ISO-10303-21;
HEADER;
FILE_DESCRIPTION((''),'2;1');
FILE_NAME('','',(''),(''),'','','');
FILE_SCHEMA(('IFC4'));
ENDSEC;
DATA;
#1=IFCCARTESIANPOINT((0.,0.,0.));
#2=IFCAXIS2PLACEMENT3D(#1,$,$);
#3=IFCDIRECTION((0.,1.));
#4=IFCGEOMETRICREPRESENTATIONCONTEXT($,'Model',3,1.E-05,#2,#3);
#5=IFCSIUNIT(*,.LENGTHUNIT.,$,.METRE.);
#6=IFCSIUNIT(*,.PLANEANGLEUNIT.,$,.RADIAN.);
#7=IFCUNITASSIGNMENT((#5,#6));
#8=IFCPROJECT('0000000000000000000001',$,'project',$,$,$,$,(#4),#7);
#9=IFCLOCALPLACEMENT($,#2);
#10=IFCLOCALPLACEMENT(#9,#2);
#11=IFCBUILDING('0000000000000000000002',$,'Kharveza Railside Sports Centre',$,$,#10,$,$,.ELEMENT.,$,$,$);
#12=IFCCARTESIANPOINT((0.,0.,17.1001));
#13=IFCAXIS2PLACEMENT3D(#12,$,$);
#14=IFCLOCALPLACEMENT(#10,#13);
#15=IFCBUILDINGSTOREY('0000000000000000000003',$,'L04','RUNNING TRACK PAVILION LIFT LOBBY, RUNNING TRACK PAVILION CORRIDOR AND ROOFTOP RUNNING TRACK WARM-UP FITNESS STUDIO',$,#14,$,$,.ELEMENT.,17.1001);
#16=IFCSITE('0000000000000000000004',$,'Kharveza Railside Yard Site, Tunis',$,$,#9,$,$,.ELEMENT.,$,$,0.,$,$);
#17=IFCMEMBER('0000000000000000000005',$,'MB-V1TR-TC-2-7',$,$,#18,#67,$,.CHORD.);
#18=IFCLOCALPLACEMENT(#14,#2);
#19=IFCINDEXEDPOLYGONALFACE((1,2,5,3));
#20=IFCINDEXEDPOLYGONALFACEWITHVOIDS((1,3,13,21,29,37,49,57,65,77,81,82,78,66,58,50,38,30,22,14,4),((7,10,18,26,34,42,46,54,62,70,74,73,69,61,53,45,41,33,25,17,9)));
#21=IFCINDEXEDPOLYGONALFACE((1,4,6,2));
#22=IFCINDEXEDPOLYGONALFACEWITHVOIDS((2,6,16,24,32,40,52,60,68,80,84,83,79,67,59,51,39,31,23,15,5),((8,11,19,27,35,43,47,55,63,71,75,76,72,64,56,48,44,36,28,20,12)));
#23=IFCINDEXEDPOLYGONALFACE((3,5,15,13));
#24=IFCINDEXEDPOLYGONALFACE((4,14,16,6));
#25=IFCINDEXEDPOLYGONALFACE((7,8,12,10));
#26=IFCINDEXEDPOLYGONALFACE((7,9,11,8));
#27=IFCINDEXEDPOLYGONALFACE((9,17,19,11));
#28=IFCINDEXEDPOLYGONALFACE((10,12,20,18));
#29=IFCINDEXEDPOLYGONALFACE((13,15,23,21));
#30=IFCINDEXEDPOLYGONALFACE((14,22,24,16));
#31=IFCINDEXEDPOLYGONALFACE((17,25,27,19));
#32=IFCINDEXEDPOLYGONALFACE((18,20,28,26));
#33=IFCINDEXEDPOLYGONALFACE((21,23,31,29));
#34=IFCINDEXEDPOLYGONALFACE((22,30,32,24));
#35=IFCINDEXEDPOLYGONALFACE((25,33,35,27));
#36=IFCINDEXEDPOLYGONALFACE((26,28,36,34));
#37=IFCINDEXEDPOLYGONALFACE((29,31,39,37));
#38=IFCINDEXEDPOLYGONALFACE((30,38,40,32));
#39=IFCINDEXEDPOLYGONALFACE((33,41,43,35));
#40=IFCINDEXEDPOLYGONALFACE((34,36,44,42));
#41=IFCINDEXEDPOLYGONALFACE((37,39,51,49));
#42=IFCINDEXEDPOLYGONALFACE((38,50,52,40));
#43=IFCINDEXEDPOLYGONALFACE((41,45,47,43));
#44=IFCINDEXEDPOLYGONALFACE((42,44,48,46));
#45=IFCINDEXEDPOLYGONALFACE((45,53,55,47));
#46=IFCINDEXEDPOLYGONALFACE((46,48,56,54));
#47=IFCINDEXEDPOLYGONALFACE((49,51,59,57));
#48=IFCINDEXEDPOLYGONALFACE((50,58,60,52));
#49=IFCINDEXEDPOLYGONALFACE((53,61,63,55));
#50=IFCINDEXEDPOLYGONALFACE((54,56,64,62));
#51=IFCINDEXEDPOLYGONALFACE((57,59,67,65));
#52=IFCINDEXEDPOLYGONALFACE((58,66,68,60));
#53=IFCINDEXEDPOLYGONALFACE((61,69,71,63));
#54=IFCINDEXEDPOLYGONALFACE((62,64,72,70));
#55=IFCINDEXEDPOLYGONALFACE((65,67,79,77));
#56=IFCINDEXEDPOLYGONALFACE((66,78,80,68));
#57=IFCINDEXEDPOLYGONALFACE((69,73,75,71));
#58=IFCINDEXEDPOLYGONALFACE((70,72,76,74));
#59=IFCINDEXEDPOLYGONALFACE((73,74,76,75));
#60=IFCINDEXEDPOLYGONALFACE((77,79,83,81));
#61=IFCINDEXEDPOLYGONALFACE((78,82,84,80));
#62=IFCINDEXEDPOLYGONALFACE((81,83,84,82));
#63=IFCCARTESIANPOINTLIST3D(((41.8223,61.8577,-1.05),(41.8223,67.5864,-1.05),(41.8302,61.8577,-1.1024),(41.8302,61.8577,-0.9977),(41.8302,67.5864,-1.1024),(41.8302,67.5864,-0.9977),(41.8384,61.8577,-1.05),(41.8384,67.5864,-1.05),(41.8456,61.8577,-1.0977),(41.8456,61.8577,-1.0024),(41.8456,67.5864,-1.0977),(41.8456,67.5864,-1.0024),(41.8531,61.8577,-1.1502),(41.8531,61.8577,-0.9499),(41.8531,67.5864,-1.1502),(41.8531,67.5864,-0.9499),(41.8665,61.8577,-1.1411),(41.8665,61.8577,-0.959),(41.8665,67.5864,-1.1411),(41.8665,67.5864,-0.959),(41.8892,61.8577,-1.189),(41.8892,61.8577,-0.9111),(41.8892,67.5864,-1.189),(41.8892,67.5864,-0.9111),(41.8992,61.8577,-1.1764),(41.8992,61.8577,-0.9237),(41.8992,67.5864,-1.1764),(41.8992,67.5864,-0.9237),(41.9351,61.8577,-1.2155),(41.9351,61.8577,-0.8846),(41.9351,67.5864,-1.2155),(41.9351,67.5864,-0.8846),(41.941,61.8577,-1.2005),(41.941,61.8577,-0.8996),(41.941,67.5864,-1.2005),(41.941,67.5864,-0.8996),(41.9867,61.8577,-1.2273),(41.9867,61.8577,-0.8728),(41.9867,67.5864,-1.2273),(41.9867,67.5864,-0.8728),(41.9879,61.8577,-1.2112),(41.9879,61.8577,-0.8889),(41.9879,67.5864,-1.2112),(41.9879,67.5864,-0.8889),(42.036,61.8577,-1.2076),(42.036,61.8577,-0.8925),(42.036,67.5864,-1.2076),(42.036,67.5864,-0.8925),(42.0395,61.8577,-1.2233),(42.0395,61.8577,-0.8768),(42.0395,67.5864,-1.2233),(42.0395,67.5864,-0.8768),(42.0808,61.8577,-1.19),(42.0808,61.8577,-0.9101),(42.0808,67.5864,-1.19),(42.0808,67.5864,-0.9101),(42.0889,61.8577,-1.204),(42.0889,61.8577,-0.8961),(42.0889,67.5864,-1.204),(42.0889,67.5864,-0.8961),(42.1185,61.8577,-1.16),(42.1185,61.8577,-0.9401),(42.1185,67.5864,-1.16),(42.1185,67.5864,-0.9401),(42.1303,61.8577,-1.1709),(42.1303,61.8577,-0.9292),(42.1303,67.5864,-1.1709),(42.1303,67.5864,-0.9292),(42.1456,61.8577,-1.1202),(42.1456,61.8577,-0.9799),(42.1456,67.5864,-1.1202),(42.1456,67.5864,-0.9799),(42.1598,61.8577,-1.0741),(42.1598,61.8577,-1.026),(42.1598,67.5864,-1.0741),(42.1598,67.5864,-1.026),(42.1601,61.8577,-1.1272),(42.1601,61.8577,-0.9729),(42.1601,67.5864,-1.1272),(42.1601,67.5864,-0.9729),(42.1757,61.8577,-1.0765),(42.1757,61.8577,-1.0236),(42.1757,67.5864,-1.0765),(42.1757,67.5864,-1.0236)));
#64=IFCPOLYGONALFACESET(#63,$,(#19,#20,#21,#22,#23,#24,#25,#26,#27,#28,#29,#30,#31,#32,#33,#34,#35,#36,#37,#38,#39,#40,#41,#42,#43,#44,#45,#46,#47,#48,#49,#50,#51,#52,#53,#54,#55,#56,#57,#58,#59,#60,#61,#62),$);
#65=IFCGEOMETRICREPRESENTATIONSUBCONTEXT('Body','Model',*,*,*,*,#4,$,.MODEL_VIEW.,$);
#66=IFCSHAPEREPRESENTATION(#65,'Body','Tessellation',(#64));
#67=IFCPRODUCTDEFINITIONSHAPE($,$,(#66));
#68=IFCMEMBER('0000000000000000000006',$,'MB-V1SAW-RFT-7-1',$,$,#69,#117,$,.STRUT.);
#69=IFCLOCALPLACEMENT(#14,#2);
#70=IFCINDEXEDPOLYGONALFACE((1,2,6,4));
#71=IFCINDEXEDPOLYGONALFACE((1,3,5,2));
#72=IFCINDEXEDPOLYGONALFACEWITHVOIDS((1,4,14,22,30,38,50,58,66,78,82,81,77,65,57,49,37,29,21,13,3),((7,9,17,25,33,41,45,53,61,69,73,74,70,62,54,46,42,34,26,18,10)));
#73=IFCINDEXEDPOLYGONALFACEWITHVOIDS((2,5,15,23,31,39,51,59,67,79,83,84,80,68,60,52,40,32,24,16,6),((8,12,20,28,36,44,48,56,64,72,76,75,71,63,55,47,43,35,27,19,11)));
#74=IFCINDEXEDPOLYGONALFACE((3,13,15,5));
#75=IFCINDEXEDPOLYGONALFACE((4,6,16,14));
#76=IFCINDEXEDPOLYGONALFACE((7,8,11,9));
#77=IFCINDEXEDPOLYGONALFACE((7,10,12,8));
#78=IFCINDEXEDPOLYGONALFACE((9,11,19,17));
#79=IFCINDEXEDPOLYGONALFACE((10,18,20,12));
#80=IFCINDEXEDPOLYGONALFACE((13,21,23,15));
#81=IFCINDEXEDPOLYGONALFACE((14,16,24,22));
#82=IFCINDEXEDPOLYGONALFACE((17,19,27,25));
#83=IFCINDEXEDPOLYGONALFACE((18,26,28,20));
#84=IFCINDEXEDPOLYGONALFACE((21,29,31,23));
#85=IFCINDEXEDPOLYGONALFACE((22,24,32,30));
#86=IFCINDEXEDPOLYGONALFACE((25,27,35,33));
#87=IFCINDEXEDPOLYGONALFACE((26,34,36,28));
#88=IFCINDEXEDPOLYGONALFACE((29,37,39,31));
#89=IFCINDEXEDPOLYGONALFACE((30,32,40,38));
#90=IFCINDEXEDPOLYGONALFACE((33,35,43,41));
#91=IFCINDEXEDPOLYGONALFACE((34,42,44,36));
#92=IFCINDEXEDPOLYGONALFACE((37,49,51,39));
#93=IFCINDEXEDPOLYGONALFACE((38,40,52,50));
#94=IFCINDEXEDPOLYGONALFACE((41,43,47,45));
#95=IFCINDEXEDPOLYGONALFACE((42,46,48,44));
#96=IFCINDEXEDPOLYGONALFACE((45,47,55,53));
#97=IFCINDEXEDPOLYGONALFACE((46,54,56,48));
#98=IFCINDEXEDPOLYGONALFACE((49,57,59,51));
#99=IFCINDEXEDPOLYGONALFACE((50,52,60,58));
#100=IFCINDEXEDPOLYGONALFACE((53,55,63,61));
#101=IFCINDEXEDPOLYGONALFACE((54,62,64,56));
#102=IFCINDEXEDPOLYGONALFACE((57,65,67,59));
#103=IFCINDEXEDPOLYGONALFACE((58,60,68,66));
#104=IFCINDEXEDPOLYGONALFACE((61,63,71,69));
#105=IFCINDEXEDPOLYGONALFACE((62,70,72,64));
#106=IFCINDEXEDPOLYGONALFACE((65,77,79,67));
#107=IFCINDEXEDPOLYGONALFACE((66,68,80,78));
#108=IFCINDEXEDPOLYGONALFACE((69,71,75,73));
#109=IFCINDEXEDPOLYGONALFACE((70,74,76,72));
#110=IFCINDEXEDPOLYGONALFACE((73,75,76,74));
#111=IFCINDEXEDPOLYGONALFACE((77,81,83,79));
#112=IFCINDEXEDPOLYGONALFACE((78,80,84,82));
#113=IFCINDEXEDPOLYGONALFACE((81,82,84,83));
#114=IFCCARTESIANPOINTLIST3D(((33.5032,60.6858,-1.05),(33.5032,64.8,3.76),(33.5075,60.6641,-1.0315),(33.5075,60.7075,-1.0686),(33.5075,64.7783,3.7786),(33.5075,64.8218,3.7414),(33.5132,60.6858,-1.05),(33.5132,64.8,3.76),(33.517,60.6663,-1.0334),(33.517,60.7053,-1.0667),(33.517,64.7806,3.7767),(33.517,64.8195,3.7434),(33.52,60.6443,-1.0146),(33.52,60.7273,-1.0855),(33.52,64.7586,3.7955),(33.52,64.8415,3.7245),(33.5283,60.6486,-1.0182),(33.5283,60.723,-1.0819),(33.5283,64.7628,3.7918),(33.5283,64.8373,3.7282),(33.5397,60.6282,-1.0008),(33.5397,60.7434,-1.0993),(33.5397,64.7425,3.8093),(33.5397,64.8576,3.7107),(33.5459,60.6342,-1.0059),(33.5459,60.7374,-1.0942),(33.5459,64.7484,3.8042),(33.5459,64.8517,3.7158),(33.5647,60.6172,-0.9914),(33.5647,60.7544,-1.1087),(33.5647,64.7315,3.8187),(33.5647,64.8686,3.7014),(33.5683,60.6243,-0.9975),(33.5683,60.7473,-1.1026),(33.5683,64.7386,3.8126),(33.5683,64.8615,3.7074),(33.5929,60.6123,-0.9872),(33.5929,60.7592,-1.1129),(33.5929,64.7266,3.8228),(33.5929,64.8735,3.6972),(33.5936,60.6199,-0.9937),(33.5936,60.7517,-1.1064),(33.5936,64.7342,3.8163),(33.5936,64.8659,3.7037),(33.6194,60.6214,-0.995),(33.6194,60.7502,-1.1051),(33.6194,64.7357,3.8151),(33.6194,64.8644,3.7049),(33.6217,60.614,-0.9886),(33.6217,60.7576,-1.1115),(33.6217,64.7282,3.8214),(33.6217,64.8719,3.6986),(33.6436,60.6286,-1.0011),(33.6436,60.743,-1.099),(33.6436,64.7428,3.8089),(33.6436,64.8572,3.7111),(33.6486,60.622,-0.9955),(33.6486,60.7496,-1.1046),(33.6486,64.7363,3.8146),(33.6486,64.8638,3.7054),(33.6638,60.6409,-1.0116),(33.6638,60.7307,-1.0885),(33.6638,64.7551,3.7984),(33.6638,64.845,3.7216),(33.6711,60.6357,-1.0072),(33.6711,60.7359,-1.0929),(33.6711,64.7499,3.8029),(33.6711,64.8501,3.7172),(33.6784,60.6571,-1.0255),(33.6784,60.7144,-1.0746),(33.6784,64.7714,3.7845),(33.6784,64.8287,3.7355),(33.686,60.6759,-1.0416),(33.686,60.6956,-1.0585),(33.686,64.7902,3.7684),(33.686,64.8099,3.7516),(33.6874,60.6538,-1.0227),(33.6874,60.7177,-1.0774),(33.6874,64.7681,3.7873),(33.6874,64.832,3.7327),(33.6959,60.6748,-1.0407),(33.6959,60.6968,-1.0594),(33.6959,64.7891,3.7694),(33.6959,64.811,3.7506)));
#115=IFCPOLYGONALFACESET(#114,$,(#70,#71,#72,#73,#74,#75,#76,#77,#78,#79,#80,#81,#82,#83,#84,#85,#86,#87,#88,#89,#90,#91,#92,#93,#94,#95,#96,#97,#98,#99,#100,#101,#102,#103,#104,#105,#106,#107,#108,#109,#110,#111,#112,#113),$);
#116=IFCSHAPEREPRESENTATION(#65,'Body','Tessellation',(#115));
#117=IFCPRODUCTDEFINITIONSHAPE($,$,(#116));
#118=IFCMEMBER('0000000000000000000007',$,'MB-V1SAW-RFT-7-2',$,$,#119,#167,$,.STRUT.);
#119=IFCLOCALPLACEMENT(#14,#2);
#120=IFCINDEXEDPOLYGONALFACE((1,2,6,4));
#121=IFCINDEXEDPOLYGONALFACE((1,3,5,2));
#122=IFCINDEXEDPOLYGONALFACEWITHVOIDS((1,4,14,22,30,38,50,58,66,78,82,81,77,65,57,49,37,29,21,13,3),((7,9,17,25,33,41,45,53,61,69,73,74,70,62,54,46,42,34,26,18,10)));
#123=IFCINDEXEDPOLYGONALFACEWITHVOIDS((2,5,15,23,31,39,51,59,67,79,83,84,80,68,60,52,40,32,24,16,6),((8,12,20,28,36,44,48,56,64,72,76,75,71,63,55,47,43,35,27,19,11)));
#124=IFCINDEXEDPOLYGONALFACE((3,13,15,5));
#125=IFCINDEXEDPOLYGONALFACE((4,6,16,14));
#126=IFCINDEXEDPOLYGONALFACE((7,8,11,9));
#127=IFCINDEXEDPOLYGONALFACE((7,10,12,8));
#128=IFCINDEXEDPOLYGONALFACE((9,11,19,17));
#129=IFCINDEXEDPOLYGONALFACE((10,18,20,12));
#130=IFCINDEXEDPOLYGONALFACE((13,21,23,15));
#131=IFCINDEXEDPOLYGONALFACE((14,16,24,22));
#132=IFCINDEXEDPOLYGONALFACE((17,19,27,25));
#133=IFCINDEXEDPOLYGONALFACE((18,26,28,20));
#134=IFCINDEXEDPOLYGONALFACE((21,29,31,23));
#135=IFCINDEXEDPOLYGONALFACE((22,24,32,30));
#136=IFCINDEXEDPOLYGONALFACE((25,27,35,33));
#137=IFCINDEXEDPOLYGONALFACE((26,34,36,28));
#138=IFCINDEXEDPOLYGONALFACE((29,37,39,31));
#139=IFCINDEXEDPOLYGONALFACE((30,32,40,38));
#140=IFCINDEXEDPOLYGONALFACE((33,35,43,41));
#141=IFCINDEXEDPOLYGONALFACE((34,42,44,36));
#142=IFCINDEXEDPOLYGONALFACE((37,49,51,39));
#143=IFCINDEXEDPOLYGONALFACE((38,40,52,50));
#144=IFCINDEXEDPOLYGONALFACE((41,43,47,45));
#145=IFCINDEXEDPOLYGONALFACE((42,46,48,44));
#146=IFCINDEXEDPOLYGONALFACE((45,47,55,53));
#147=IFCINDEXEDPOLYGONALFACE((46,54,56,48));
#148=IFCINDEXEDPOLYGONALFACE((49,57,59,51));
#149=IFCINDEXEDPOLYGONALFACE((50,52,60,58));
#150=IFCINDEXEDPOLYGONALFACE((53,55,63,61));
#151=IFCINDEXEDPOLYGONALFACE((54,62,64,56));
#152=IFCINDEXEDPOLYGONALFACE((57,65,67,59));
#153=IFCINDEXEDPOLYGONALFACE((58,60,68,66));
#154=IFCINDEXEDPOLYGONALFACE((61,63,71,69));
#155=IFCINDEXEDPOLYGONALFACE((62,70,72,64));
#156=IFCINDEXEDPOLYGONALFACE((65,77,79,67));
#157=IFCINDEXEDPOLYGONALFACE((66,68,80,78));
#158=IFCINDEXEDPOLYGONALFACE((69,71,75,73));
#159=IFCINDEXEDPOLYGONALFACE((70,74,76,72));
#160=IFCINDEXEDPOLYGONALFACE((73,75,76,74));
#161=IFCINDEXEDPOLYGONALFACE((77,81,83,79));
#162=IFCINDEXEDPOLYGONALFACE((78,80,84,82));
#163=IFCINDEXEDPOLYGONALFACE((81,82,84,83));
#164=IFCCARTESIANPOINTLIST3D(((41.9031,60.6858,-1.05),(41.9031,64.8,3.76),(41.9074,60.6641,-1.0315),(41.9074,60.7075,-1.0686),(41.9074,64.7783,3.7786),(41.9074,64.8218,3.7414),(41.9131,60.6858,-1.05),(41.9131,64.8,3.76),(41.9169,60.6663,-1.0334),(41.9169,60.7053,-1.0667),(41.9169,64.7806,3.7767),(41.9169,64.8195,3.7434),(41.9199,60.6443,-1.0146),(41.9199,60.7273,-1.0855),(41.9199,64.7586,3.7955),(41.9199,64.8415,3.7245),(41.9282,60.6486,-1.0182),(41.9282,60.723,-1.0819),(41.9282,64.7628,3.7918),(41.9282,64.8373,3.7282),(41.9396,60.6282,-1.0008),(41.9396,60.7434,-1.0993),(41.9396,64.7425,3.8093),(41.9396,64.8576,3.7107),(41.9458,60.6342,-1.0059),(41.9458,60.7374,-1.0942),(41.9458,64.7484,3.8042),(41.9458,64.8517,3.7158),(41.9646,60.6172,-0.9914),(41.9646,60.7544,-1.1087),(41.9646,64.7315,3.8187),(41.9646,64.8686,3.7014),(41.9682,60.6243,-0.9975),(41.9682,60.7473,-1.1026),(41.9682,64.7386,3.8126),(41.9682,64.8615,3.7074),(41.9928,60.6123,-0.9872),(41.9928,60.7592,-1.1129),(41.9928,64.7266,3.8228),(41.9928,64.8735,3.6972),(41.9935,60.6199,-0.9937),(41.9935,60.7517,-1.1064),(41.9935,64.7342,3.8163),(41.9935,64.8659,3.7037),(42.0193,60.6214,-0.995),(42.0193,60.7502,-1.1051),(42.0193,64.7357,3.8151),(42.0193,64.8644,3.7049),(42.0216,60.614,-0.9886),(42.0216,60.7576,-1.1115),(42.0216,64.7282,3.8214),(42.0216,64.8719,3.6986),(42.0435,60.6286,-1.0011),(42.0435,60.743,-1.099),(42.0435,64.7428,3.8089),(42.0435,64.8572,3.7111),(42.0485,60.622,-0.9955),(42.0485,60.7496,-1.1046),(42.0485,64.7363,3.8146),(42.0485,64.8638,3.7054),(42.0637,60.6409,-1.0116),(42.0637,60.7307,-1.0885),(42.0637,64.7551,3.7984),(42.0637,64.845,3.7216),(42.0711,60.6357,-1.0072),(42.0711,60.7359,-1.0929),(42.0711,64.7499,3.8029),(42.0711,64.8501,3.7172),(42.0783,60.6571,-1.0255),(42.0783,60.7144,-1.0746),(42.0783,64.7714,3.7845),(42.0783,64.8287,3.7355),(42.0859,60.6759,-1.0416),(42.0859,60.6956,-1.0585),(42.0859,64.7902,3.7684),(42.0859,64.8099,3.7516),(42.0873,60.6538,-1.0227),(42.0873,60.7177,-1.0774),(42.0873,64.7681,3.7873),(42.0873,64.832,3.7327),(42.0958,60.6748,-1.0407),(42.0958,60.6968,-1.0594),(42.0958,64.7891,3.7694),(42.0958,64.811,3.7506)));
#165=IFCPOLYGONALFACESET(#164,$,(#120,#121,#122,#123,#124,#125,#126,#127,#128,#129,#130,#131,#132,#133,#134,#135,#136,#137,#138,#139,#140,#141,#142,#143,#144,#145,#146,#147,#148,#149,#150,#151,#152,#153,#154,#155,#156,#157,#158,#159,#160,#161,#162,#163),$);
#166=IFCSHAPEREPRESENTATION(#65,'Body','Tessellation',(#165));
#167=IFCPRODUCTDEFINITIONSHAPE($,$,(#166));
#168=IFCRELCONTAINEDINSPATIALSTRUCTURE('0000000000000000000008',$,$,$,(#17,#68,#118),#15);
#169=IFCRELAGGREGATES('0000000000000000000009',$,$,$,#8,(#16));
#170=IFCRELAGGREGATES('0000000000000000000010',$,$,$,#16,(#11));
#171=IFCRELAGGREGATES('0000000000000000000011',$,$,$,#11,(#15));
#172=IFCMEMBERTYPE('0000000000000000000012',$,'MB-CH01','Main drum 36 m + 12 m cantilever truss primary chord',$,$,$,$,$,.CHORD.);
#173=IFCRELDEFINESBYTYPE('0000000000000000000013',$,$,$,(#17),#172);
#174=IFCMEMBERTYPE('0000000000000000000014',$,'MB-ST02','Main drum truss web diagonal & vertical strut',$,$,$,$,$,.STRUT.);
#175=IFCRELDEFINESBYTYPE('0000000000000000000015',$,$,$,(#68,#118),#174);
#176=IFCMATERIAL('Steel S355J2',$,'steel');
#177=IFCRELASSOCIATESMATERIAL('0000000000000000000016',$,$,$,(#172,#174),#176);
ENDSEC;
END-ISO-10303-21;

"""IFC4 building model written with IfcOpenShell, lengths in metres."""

from ifc_helpers import new_model, si_unit, direction, frame, origin, origin_2d, place, context, subcontext, project, spatial, hollow_circle, extrude, material, material_profile, profile_set, type_object, element, save


model = new_model("IFC4")

# Units and contexts
model_context = context("Model", 3, precision=1e-05, world=origin(), true_north=direction((0.0, 1.0)))
body_context = subcontext(model_context, "Body", "Model", "MODEL_VIEW")
ifc_project = project(units=[si_unit("LENGTHUNIT", "METRE"), si_unit("PLANEANGLEUNIT", "RADIAN")], contexts=[model_context])

# Site, building, storey
site_placement = place(None, origin())
site = spatial("IfcSite", under=ifc_project, at=site_placement, Name="Kharveza Railside Yard Site, Tunis", CompositionType="ELEMENT", RefElevation=0.0)
building_placement = place(site_placement, origin())
building = spatial("IfcBuilding", under=site, at=building_placement, Name="Kharveza Railside Sports Centre", CompositionType="ELEMENT")
storey_placement = place(building_placement, frame((0.0, 0.0, 17.1001)))
storey = spatial("IfcBuildingStorey", under=building, at=storey_placement, Name="L04", Description="RUNNING TRACK PAVILION LIFT LOBBY, RUNNING TRACK PAVILION CORRIDOR AND ROOFTOP RUNNING TRACK WARM-UP FITNESS STUDIO", CompositionType="ELEMENT", Elevation=17.1001)

# Shared definitions
ifc_material_1 = material(Name="Steel S355J2", Category="steel")

# Members
ifc_material_profile_1 = material_profile(ifc_material_1, hollow_circle(Radius=0.1777, WallThickness=0.0161, at=origin_2d()), Name="CHS 355.6x16.0")
ifc_profile_set_1 = profile_set([ifc_material_profile_1], Name="Steel S355J2")
member_type_1 = type_object("IfcMemberType", Name="MB-CH01", Description="Main drum 36 m + 12 m cantilever truss primary chord", PredefinedType="CHORD", material=ifc_profile_set_1)
member_1_placement = place(storey_placement, frame((42.0, 61.8577, -1.05), z_axis=(0.0, 1.0, 0.0), x_axis=(-1.0, 0.0, 0.0)))
element("IfcMember", 1, at=member_1_placement, inside=storey, type_object=member_type_1, Name="MB-V1TR-TC-2-7", PredefinedType="CHORD", context=body_context, shape_type="SweptSolid", body=[
    extrude(hollow_circle(Radius=0.1777, WallThickness=0.0161, at=origin_2d()), origin(), (0.0, 0.0, 1.0), 5.7288),
])
ifc_material_profile_2 = material_profile(ifc_material_1, hollow_circle(Radius=0.0969, WallThickness=0.01, at=origin_2d()), Name="CHS 193.7x10.0")
ifc_profile_set_2 = profile_set([ifc_material_profile_2], Name="Steel S355J2")
member_type_2 = type_object("IfcMemberType", Name="MB-ST02", Description="Main drum truss web diagonal & vertical strut", PredefinedType="STRUT", material=ifc_profile_set_2)
for number, where, z_axis, x_axis, name in (
    (2, (33.6001, 60.6858, -1.05), (0.0, 0.650003, 0.759931), (-1.0, 0.0, 0.0), "MB-V1SAW-RFT-7-1"),
    (3, (42.0, 60.6858, -1.05), (0.0, 0.650003, 0.759931), (-1.0, 0.0, 0.0), "MB-V1SAW-RFT-7-2"),
):
    element("IfcMember", number, at=place(storey_placement, frame(where, z_axis=z_axis, x_axis=x_axis)), inside=storey, type_object=member_type_2, Name=name, PredefinedType="STRUT", context=body_context, shape_type="SweptSolid", body=[
        extrude(hollow_circle(Radius=0.0969, WallThickness=0.01, at=origin_2d()), origin(), (0.0, 0.0, 1.0), 6.3296),
    ])

save(model, "model.ifc")
